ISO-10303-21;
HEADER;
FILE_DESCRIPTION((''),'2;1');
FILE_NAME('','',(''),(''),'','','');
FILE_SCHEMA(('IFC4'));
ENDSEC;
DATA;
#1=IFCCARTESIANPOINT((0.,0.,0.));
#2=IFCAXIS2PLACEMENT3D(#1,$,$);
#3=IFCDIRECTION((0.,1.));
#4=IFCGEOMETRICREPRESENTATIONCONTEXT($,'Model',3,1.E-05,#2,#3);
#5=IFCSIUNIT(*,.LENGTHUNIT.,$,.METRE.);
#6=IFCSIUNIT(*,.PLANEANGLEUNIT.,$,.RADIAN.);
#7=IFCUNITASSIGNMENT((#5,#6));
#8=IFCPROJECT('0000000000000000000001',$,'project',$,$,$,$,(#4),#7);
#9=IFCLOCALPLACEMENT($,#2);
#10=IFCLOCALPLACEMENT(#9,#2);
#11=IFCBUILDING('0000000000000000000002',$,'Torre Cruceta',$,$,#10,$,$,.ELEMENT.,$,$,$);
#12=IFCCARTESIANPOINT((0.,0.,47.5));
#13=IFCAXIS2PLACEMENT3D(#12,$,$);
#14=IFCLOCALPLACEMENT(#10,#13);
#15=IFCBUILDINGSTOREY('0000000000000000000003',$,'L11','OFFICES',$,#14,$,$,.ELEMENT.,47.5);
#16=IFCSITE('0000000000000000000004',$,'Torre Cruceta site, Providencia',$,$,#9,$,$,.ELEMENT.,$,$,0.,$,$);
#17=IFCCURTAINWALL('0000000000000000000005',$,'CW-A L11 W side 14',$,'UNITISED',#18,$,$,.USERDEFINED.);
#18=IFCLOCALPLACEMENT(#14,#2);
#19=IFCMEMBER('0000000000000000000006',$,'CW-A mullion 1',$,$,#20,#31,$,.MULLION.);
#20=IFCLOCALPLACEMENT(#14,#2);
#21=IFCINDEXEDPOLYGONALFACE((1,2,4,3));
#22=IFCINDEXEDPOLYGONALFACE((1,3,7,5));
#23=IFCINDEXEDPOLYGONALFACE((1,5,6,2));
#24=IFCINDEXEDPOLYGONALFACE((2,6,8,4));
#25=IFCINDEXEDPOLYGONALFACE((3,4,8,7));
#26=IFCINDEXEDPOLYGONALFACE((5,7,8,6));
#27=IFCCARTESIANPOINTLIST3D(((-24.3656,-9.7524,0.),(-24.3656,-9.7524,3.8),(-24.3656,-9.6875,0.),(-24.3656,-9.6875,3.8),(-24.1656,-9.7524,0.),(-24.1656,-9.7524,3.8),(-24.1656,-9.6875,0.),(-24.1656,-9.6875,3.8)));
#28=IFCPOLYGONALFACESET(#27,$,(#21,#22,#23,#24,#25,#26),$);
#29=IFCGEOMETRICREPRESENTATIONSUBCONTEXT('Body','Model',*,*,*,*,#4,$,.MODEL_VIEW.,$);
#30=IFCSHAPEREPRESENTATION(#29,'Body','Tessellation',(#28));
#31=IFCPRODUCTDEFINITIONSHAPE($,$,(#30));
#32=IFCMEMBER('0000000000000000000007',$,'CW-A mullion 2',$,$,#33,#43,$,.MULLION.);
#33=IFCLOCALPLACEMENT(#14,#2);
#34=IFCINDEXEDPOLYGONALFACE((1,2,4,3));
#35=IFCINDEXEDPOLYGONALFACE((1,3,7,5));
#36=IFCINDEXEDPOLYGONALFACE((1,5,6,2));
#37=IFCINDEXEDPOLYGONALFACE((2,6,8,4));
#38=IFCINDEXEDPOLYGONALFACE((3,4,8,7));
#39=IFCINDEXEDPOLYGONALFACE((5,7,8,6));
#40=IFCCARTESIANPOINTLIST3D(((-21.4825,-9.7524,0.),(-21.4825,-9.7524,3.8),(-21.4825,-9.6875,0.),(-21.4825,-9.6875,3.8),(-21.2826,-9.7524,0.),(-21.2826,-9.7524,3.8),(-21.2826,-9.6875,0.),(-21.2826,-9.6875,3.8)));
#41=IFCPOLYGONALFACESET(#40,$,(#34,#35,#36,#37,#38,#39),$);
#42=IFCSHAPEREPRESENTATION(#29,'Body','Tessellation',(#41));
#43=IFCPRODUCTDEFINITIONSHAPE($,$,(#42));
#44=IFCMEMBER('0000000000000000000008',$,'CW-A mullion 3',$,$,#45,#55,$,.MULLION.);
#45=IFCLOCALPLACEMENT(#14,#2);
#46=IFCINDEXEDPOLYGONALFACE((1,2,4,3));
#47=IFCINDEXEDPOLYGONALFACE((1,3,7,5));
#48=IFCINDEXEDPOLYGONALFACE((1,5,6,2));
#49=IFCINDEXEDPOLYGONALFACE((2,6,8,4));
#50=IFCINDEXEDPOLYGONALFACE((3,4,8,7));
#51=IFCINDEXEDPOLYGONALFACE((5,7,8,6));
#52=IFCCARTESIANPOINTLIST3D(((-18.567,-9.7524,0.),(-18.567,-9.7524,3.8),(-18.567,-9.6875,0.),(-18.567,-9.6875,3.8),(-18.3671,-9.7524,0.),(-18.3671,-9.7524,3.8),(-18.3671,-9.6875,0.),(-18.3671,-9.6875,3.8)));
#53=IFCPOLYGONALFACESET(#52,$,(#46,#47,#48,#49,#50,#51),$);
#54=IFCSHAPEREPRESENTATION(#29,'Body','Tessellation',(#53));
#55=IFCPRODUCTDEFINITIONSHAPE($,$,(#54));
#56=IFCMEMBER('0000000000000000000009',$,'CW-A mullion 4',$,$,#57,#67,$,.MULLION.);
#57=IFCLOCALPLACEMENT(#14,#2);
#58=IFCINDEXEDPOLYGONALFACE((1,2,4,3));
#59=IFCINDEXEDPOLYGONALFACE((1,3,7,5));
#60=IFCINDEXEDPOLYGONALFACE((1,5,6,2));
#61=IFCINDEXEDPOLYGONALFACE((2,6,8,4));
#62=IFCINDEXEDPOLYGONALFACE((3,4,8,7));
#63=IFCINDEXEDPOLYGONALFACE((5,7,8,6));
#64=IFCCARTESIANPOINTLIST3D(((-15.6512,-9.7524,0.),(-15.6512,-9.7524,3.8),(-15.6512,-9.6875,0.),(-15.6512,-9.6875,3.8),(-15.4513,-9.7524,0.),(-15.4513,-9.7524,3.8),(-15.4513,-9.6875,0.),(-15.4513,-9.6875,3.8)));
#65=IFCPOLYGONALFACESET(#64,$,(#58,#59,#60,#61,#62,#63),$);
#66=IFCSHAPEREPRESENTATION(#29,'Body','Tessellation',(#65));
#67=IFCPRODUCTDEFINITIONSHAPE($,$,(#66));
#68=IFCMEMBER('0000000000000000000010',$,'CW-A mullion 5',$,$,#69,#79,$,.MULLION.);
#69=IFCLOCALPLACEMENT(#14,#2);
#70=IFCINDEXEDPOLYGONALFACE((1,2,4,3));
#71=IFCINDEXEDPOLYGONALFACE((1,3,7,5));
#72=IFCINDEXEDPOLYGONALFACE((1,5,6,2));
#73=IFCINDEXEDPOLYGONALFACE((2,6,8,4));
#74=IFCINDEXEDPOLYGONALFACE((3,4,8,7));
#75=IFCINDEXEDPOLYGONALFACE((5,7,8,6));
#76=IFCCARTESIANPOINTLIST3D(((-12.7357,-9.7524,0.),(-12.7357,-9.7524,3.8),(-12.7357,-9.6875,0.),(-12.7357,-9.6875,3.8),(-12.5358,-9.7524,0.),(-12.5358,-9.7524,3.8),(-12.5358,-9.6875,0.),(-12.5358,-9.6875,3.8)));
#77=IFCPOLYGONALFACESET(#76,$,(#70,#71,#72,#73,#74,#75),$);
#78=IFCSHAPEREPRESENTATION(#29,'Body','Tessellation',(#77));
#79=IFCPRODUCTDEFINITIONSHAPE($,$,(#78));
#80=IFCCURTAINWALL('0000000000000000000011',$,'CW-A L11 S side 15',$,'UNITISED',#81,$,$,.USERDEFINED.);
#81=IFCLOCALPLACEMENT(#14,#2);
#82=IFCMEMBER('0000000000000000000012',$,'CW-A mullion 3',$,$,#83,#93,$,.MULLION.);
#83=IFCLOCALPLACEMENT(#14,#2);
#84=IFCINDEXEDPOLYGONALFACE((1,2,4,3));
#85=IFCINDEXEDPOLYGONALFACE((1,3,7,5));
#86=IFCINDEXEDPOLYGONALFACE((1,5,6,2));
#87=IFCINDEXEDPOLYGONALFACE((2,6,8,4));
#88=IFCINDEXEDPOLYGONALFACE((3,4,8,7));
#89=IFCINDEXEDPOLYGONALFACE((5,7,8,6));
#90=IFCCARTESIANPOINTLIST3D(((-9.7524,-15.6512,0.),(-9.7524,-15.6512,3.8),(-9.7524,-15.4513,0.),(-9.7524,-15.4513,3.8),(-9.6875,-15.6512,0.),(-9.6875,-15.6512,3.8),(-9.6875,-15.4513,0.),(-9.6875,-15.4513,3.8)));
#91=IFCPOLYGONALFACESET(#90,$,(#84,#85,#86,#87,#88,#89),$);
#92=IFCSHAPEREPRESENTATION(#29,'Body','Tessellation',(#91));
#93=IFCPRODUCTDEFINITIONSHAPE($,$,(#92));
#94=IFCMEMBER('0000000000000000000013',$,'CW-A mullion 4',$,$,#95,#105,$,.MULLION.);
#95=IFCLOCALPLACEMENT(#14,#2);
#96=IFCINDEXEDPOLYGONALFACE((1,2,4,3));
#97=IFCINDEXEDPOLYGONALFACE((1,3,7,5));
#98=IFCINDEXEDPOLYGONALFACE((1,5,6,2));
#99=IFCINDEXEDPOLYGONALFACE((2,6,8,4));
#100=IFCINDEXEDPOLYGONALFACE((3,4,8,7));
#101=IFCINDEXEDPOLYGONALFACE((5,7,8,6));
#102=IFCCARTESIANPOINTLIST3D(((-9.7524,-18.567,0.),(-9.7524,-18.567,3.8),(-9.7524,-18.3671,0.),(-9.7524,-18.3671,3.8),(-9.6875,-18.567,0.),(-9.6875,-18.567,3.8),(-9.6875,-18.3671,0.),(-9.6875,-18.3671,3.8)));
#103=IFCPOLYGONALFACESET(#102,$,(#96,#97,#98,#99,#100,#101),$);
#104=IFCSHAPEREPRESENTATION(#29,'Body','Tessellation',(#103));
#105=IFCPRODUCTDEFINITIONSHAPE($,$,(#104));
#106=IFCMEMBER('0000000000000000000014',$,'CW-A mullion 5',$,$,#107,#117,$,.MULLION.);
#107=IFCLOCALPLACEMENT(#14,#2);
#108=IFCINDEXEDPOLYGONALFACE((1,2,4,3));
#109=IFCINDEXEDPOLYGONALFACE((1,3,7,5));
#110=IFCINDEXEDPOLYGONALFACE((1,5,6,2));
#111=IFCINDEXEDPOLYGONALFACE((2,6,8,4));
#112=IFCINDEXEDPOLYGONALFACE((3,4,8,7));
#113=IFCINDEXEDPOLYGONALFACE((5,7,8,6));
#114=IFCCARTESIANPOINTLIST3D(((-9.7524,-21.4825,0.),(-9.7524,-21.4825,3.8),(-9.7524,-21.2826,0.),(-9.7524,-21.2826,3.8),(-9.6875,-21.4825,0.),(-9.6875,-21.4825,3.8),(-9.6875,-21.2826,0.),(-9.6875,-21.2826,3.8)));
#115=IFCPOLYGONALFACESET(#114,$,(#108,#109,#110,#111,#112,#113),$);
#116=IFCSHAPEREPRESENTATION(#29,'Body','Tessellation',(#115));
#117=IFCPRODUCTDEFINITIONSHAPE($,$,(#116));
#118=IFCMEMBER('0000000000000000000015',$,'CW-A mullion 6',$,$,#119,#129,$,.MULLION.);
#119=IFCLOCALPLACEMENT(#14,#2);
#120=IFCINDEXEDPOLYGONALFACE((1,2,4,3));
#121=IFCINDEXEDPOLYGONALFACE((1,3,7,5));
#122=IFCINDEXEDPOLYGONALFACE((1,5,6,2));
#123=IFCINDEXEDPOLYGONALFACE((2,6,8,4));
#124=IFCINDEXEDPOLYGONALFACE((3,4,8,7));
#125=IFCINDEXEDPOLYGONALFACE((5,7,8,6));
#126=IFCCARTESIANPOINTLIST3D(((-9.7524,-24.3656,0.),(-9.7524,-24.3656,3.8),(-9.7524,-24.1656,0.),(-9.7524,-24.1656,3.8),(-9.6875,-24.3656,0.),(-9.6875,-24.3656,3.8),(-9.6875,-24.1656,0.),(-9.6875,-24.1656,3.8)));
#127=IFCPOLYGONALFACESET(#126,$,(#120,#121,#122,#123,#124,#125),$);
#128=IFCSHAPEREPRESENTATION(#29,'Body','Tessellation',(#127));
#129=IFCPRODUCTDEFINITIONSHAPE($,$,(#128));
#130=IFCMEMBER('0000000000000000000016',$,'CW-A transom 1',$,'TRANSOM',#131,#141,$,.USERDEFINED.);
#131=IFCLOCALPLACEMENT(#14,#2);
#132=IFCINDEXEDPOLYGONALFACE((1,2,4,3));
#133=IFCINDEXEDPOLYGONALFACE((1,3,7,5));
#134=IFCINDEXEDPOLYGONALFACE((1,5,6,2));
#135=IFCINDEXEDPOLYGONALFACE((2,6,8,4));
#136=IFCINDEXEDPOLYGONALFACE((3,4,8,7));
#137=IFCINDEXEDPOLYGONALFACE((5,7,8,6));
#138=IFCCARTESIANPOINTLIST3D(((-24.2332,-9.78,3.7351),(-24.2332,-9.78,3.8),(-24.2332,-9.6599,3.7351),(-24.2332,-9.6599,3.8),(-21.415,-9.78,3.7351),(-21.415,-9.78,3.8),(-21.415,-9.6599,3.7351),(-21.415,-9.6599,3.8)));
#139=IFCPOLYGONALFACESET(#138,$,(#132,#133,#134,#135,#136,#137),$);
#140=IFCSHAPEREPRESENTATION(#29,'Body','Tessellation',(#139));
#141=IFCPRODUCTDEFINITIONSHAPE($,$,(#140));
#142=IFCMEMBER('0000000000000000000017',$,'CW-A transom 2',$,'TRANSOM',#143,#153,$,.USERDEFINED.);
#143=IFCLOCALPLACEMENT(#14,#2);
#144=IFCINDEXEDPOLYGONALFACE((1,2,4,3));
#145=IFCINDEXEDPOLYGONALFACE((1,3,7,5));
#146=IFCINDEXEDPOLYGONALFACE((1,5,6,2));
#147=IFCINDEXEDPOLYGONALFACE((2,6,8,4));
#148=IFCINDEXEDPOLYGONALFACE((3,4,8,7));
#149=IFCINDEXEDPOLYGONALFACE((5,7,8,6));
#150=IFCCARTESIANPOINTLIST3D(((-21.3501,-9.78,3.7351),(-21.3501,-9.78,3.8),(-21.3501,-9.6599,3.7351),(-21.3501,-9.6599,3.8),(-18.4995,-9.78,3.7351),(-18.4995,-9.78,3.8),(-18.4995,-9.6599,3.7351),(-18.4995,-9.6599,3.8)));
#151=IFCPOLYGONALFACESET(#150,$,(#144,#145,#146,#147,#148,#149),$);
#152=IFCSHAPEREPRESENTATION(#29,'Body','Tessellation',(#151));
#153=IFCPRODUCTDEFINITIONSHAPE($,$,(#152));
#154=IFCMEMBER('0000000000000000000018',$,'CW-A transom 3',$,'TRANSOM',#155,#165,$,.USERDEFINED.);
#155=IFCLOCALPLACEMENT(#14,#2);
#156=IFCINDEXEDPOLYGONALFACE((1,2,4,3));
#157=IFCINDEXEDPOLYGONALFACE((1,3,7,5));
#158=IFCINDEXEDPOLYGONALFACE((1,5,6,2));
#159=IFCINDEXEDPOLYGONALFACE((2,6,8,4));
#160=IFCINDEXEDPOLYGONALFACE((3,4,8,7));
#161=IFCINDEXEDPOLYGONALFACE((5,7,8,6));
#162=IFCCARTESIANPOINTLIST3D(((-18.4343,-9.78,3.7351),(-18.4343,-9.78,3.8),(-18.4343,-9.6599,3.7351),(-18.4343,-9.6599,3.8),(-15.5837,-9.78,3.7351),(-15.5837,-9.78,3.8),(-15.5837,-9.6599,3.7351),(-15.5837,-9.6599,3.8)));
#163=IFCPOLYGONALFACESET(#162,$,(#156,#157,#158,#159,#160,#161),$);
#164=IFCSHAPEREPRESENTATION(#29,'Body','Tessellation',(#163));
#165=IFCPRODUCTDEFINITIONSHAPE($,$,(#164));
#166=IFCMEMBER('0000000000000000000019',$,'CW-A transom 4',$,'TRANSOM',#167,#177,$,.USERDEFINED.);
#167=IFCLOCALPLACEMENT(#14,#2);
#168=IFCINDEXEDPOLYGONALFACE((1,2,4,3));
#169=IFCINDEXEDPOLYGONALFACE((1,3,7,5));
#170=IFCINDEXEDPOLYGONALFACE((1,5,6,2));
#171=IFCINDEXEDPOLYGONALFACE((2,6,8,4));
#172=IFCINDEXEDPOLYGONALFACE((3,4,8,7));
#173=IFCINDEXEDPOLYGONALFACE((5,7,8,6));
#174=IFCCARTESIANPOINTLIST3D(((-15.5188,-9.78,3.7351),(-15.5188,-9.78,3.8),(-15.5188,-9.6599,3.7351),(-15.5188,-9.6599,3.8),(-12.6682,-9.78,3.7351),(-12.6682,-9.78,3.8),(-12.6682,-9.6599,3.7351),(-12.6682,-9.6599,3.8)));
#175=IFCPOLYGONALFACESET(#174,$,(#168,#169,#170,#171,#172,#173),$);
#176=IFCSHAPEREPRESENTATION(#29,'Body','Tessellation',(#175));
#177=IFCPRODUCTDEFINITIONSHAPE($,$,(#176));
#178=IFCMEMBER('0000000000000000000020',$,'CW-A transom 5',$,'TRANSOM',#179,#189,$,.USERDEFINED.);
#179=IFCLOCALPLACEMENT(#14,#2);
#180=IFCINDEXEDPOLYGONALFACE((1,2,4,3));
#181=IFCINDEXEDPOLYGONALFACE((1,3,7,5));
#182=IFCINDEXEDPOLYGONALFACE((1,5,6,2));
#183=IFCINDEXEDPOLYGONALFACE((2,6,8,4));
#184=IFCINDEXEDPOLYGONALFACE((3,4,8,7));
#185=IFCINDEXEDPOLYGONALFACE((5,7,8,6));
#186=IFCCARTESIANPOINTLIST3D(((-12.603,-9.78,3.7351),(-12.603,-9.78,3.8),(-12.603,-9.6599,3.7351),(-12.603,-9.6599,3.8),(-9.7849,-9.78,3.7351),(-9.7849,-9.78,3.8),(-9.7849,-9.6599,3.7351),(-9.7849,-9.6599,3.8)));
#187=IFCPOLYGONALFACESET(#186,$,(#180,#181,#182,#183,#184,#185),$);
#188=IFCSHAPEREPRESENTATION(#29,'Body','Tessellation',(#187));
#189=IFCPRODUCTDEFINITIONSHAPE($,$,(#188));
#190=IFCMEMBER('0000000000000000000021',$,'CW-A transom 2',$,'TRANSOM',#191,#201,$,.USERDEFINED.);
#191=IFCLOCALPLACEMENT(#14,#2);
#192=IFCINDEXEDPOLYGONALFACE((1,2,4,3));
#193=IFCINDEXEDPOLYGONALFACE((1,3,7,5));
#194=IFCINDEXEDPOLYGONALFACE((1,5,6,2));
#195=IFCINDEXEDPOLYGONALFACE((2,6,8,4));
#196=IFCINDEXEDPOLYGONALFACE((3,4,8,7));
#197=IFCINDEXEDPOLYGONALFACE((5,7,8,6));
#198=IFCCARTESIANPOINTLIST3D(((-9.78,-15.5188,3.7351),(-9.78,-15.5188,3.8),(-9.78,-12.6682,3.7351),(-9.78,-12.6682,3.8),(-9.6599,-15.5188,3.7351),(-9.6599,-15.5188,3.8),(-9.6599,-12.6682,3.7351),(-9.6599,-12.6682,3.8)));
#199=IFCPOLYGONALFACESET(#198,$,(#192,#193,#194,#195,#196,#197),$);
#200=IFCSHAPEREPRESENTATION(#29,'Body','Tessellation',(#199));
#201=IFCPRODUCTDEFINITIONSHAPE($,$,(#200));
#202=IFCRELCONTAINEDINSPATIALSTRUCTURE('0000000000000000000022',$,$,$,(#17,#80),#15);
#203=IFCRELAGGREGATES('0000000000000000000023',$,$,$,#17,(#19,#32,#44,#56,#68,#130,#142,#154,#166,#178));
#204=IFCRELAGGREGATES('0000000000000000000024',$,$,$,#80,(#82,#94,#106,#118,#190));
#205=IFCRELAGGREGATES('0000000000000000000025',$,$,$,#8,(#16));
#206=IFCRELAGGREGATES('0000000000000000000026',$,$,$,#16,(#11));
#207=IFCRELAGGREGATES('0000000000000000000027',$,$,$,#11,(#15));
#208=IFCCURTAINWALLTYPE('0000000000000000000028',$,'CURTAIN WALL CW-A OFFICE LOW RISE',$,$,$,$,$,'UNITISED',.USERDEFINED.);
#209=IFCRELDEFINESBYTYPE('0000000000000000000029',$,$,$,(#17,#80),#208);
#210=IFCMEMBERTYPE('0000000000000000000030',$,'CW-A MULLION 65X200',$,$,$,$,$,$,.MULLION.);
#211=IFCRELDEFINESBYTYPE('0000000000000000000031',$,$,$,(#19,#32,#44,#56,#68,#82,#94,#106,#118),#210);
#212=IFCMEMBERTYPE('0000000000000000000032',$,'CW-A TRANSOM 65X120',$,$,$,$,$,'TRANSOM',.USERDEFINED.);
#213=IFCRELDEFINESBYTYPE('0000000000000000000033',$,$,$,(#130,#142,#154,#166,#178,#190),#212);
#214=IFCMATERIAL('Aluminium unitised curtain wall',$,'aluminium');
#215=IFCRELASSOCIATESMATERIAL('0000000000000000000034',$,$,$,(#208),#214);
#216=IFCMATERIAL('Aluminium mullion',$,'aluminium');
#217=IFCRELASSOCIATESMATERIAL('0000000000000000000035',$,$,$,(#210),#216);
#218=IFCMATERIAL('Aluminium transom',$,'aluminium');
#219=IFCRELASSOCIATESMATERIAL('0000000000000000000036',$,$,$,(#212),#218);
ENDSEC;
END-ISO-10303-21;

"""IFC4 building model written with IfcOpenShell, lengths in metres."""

from ifc_helpers import new_model, si_unit, direction, frame, origin, origin_2d, place, context, subcontext, project, spatial, rectangle, extrude, material, material_profile, profile_set, type_object, element, aggregate, save


model = new_model("IFC4")

# Units and contexts
model_context = context("Model", 3, precision=1e-05, world=origin(), true_north=direction((0.0, 1.0)))
body_context = subcontext(model_context, "Body", "Model", "MODEL_VIEW")
ifc_project = project(units=[si_unit("LENGTHUNIT", "METRE"), si_unit("PLANEANGLEUNIT", "RADIAN")], contexts=[model_context])

# Site, building, storey
site_placement = place(None, origin())
site = spatial("IfcSite", under=ifc_project, at=site_placement, Name="Torre Cruceta site, Providencia", CompositionType="ELEMENT", RefElevation=0.0)
building_placement = place(site_placement, origin())
building = spatial("IfcBuilding", under=site, at=building_placement, Name="Torre Cruceta", CompositionType="ELEMENT")
storey_placement = place(building_placement, frame((0.0, 0.0, 47.5)))
storey = spatial("IfcBuildingStorey", under=building, at=storey_placement, Name="L11", Description="OFFICES", CompositionType="ELEMENT", Elevation=47.5)

# Curtain walls, members
ifc_material_1 = material(Name="Aluminium unitised curtain wall", Category="aluminium")
curtain_wall_type = type_object("IfcCurtainWallType", Name="CURTAIN WALL CW-A OFFICE LOW RISE", ElementType="UNITISED", PredefinedType="USERDEFINED", material=ifc_material_1)
curtain_wall_1_placement = place(storey_placement, origin())
curtain_wall_1 = element("IfcCurtainWall", 1, at=curtain_wall_1_placement, inside=storey, type_object=curtain_wall_type, Name="CW-A L11 W side 14", ObjectType="UNITISED", PredefinedType="USERDEFINED")
ifc_material_2 = material(Name="Aluminium mullion", Category="aluminium")
ifc_material_profile_1 = material_profile(ifc_material_2, rectangle(XDim=0.0649, YDim=0.2, at=origin_2d()), Name="AL 65X200")
ifc_profile_set_1 = profile_set([ifc_material_profile_1], Name="Aluminium mullion")
member_type_1 = type_object("IfcMemberType", Name="CW-A MULLION 65X200", PredefinedType="MULLION", material=ifc_profile_set_1)
member_1_placement = place(storey_placement, frame((-24.2656, -9.72, 0.0), z_axis=(0.0, 0.0, 1.0), x_axis=(0.0, 1.0, 0.0)))
member_1 = element("IfcMember", 2, at=member_1_placement, type_object=member_type_1, Name="CW-A mullion 1", PredefinedType="MULLION", context=body_context, shape_type="SweptSolid", body=[
    extrude(rectangle(XDim=0.0649, YDim=0.2, at=origin_2d()), origin(), (0.0, 0.0, 1.0), 3.8),
])
member_2_placement = place(storey_placement, frame((-21.3826, -9.72, 0.0), z_axis=(0.0, 0.0, 1.0), x_axis=(0.0, 1.0, 0.0)))
member_2 = element("IfcMember", 3, at=member_2_placement, type_object=member_type_1, Name="CW-A mullion 2", PredefinedType="MULLION", context=body_context, shape_type="SweptSolid", body=[
    extrude(rectangle(XDim=0.0649, YDim=0.2, at=origin_2d()), origin(), (0.0, 0.0, 1.0), 3.8),
])
member_3_placement = place(storey_placement, frame((-18.467, -9.72, 0.0), z_axis=(0.0, 0.0, 1.0), x_axis=(0.0, 1.0, 0.0)))
member_3 = element("IfcMember", 4, at=member_3_placement, type_object=member_type_1, Name="CW-A mullion 3", PredefinedType="MULLION", context=body_context, shape_type="SweptSolid", body=[
    extrude(rectangle(XDim=0.0649, YDim=0.2, at=origin_2d()), origin(), (0.0, 0.0, 1.0), 3.8),
])
member_4_placement = place(storey_placement, frame((-15.5513, -9.72, 0.0), z_axis=(0.0, 0.0, 1.0), x_axis=(0.0, 1.0, 0.0)))
member_4 = element("IfcMember", 5, at=member_4_placement, type_object=member_type_1, Name="CW-A mullion 4", PredefinedType="MULLION", context=body_context, shape_type="SweptSolid", body=[
    extrude(rectangle(XDim=0.0649, YDim=0.2, at=origin_2d()), origin(), (0.0, 0.0, 1.0), 3.8),
])
member_5_placement = place(storey_placement, frame((-12.6357, -9.72, 0.0), z_axis=(0.0, 0.0, 1.0), x_axis=(0.0, 1.0, 0.0)))
member_5 = element("IfcMember", 6, at=member_5_placement, type_object=member_type_1, Name="CW-A mullion 5", PredefinedType="MULLION", context=body_context, shape_type="SweptSolid", body=[
    extrude(rectangle(XDim=0.0649, YDim=0.2, at=origin_2d()), origin(), (0.0, 0.0, 1.0), 3.8),
])
curtain_wall_2_placement = place(storey_placement, origin())
curtain_wall_2 = element("IfcCurtainWall", 7, at=curtain_wall_2_placement, inside=storey, type_object=curtain_wall_type, Name="CW-A L11 S side 15", ObjectType="UNITISED", PredefinedType="USERDEFINED")
member_6_placement = place(storey_placement, frame((-9.72, -15.5513, 0.0), z_axis=(0.0, 0.0, 1.0), x_axis=(1.0, 0.0, 0.0)))
member_6 = element("IfcMember", 8, at=member_6_placement, type_object=member_type_1, Name="CW-A mullion 3", PredefinedType="MULLION", context=body_context, shape_type="SweptSolid", body=[
    extrude(rectangle(XDim=0.0649, YDim=0.2, at=origin_2d()), origin(), (0.0, 0.0, 1.0), 3.8),
])
member_7_placement = place(storey_placement, frame((-9.72, -18.467, 0.0), z_axis=(0.0, 0.0, 1.0), x_axis=(1.0, 0.0, 0.0)))
member_7 = element("IfcMember", 9, at=member_7_placement, type_object=member_type_1, Name="CW-A mullion 4", PredefinedType="MULLION", context=body_context, shape_type="SweptSolid", body=[
    extrude(rectangle(XDim=0.0649, YDim=0.2, at=origin_2d()), origin(), (0.0, 0.0, 1.0), 3.8),
])
member_8_placement = place(storey_placement, frame((-9.72, -21.3826, 0.0), z_axis=(0.0, 0.0, 1.0), x_axis=(1.0, 0.0, 0.0)))
member_8 = element("IfcMember", 10, at=member_8_placement, type_object=member_type_1, Name="CW-A mullion 5", PredefinedType="MULLION", context=body_context, shape_type="SweptSolid", body=[
    extrude(rectangle(XDim=0.0649, YDim=0.2, at=origin_2d()), origin(), (0.0, 0.0, 1.0), 3.8),
])
member_9_placement = place(storey_placement, frame((-9.72, -24.2656, 0.0), z_axis=(0.0, 0.0, 1.0), x_axis=(1.0, 0.0, 0.0)))
member_9 = element("IfcMember", 11, at=member_9_placement, type_object=member_type_1, Name="CW-A mullion 6", PredefinedType="MULLION", context=body_context, shape_type="SweptSolid", body=[
    extrude(rectangle(XDim=0.0649, YDim=0.2, at=origin_2d()), origin(), (0.0, 0.0, 1.0), 3.8),
])

# Members
ifc_material_3 = material(Name="Aluminium transom", Category="aluminium")
ifc_material_profile_2 = material_profile(ifc_material_3, rectangle(XDim=0.1201, YDim=0.0649, at=origin_2d()), Name="AL 120X65")
ifc_profile_set_2 = profile_set([ifc_material_profile_2], Name="Aluminium transom")
member_type_2 = type_object("IfcMemberType", Name="CW-A TRANSOM 65X120", ElementType="TRANSOM", PredefinedType="USERDEFINED", material=ifc_profile_set_2)
member_10_placement = place(storey_placement, frame((-24.2332, -9.72, 3.7676), z_axis=(1.0, 0.0, 0.0), x_axis=(0.0, 1.0, 0.0)))
member_10 = element("IfcMember", 12, at=member_10_placement, type_object=member_type_2, Name="CW-A transom 1", ObjectType="TRANSOM", PredefinedType="USERDEFINED", context=body_context, shape_type="SweptSolid", body=[
    extrude(rectangle(XDim=0.1201, YDim=0.0649, at=origin_2d()), origin(), (0.0, 0.0, 1.0), 2.8181),
])
member_11_placement = place(storey_placement, frame((-21.3501, -9.72, 3.7676), z_axis=(1.0, 0.0, 0.0), x_axis=(0.0, 1.0, 0.0)))
member_11 = element("IfcMember", 13, at=member_11_placement, type_object=member_type_2, Name="CW-A transom 2", ObjectType="TRANSOM", PredefinedType="USERDEFINED", context=body_context, shape_type="SweptSolid", body=[
    extrude(rectangle(XDim=0.1201, YDim=0.0649, at=origin_2d()), origin(), (0.0, 0.0, 1.0), 2.8506),
])
member_12_placement = place(storey_placement, frame((-18.4343, -9.72, 3.7676), z_axis=(1.0, 0.0, 0.0), x_axis=(0.0, 1.0, 0.0)))
member_12 = element("IfcMember", 14, at=member_12_placement, type_object=member_type_2, Name="CW-A transom 3", ObjectType="TRANSOM", PredefinedType="USERDEFINED", context=body_context, shape_type="SweptSolid", body=[
    extrude(rectangle(XDim=0.1201, YDim=0.0649, at=origin_2d()), origin(), (0.0, 0.0, 1.0), 2.8506),
])
member_13_placement = place(storey_placement, frame((-15.5188, -9.72, 3.7676), z_axis=(1.0, 0.0, 0.0), x_axis=(0.0, 1.0, 0.0)))
member_13 = element("IfcMember", 15, at=member_13_placement, type_object=member_type_2, Name="CW-A transom 4", ObjectType="TRANSOM", PredefinedType="USERDEFINED", context=body_context, shape_type="SweptSolid", body=[
    extrude(rectangle(XDim=0.1201, YDim=0.0649, at=origin_2d()), origin(), (0.0, 0.0, 1.0), 2.8506),
])
member_14_placement = place(storey_placement, frame((-12.603, -9.72, 3.7676), z_axis=(1.0, 0.0, 0.0), x_axis=(0.0, 1.0, 0.0)))
member_14 = element("IfcMember", 16, at=member_14_placement, type_object=member_type_2, Name="CW-A transom 5", ObjectType="TRANSOM", PredefinedType="USERDEFINED", context=body_context, shape_type="SweptSolid", body=[
    extrude(rectangle(XDim=0.1201, YDim=0.0649, at=origin_2d()), origin(), (0.0, 0.0, 1.0), 2.8181),
])
member_15_placement = place(storey_placement, frame((-9.72, -12.6682, 3.7676), z_axis=(0.0, -1.0, 0.0), x_axis=(1.0, 0.0, 0.0)))
member_15 = element("IfcMember", 17, at=member_15_placement, type_object=member_type_2, Name="CW-A transom 2", ObjectType="TRANSOM", PredefinedType="USERDEFINED", context=body_context, shape_type="SweptSolid", body=[
    extrude(rectangle(XDim=0.1201, YDim=0.0649, at=origin_2d()), origin(), (0.0, 0.0, 1.0), 2.8506),
])

aggregate(curtain_wall_1, [member_1, member_2, member_3, member_4, member_5, member_10, member_11, member_12, member_13, member_14])
aggregate(curtain_wall_2, [member_6, member_7, member_8, member_9, member_15])

save(model, "model.ifc")
